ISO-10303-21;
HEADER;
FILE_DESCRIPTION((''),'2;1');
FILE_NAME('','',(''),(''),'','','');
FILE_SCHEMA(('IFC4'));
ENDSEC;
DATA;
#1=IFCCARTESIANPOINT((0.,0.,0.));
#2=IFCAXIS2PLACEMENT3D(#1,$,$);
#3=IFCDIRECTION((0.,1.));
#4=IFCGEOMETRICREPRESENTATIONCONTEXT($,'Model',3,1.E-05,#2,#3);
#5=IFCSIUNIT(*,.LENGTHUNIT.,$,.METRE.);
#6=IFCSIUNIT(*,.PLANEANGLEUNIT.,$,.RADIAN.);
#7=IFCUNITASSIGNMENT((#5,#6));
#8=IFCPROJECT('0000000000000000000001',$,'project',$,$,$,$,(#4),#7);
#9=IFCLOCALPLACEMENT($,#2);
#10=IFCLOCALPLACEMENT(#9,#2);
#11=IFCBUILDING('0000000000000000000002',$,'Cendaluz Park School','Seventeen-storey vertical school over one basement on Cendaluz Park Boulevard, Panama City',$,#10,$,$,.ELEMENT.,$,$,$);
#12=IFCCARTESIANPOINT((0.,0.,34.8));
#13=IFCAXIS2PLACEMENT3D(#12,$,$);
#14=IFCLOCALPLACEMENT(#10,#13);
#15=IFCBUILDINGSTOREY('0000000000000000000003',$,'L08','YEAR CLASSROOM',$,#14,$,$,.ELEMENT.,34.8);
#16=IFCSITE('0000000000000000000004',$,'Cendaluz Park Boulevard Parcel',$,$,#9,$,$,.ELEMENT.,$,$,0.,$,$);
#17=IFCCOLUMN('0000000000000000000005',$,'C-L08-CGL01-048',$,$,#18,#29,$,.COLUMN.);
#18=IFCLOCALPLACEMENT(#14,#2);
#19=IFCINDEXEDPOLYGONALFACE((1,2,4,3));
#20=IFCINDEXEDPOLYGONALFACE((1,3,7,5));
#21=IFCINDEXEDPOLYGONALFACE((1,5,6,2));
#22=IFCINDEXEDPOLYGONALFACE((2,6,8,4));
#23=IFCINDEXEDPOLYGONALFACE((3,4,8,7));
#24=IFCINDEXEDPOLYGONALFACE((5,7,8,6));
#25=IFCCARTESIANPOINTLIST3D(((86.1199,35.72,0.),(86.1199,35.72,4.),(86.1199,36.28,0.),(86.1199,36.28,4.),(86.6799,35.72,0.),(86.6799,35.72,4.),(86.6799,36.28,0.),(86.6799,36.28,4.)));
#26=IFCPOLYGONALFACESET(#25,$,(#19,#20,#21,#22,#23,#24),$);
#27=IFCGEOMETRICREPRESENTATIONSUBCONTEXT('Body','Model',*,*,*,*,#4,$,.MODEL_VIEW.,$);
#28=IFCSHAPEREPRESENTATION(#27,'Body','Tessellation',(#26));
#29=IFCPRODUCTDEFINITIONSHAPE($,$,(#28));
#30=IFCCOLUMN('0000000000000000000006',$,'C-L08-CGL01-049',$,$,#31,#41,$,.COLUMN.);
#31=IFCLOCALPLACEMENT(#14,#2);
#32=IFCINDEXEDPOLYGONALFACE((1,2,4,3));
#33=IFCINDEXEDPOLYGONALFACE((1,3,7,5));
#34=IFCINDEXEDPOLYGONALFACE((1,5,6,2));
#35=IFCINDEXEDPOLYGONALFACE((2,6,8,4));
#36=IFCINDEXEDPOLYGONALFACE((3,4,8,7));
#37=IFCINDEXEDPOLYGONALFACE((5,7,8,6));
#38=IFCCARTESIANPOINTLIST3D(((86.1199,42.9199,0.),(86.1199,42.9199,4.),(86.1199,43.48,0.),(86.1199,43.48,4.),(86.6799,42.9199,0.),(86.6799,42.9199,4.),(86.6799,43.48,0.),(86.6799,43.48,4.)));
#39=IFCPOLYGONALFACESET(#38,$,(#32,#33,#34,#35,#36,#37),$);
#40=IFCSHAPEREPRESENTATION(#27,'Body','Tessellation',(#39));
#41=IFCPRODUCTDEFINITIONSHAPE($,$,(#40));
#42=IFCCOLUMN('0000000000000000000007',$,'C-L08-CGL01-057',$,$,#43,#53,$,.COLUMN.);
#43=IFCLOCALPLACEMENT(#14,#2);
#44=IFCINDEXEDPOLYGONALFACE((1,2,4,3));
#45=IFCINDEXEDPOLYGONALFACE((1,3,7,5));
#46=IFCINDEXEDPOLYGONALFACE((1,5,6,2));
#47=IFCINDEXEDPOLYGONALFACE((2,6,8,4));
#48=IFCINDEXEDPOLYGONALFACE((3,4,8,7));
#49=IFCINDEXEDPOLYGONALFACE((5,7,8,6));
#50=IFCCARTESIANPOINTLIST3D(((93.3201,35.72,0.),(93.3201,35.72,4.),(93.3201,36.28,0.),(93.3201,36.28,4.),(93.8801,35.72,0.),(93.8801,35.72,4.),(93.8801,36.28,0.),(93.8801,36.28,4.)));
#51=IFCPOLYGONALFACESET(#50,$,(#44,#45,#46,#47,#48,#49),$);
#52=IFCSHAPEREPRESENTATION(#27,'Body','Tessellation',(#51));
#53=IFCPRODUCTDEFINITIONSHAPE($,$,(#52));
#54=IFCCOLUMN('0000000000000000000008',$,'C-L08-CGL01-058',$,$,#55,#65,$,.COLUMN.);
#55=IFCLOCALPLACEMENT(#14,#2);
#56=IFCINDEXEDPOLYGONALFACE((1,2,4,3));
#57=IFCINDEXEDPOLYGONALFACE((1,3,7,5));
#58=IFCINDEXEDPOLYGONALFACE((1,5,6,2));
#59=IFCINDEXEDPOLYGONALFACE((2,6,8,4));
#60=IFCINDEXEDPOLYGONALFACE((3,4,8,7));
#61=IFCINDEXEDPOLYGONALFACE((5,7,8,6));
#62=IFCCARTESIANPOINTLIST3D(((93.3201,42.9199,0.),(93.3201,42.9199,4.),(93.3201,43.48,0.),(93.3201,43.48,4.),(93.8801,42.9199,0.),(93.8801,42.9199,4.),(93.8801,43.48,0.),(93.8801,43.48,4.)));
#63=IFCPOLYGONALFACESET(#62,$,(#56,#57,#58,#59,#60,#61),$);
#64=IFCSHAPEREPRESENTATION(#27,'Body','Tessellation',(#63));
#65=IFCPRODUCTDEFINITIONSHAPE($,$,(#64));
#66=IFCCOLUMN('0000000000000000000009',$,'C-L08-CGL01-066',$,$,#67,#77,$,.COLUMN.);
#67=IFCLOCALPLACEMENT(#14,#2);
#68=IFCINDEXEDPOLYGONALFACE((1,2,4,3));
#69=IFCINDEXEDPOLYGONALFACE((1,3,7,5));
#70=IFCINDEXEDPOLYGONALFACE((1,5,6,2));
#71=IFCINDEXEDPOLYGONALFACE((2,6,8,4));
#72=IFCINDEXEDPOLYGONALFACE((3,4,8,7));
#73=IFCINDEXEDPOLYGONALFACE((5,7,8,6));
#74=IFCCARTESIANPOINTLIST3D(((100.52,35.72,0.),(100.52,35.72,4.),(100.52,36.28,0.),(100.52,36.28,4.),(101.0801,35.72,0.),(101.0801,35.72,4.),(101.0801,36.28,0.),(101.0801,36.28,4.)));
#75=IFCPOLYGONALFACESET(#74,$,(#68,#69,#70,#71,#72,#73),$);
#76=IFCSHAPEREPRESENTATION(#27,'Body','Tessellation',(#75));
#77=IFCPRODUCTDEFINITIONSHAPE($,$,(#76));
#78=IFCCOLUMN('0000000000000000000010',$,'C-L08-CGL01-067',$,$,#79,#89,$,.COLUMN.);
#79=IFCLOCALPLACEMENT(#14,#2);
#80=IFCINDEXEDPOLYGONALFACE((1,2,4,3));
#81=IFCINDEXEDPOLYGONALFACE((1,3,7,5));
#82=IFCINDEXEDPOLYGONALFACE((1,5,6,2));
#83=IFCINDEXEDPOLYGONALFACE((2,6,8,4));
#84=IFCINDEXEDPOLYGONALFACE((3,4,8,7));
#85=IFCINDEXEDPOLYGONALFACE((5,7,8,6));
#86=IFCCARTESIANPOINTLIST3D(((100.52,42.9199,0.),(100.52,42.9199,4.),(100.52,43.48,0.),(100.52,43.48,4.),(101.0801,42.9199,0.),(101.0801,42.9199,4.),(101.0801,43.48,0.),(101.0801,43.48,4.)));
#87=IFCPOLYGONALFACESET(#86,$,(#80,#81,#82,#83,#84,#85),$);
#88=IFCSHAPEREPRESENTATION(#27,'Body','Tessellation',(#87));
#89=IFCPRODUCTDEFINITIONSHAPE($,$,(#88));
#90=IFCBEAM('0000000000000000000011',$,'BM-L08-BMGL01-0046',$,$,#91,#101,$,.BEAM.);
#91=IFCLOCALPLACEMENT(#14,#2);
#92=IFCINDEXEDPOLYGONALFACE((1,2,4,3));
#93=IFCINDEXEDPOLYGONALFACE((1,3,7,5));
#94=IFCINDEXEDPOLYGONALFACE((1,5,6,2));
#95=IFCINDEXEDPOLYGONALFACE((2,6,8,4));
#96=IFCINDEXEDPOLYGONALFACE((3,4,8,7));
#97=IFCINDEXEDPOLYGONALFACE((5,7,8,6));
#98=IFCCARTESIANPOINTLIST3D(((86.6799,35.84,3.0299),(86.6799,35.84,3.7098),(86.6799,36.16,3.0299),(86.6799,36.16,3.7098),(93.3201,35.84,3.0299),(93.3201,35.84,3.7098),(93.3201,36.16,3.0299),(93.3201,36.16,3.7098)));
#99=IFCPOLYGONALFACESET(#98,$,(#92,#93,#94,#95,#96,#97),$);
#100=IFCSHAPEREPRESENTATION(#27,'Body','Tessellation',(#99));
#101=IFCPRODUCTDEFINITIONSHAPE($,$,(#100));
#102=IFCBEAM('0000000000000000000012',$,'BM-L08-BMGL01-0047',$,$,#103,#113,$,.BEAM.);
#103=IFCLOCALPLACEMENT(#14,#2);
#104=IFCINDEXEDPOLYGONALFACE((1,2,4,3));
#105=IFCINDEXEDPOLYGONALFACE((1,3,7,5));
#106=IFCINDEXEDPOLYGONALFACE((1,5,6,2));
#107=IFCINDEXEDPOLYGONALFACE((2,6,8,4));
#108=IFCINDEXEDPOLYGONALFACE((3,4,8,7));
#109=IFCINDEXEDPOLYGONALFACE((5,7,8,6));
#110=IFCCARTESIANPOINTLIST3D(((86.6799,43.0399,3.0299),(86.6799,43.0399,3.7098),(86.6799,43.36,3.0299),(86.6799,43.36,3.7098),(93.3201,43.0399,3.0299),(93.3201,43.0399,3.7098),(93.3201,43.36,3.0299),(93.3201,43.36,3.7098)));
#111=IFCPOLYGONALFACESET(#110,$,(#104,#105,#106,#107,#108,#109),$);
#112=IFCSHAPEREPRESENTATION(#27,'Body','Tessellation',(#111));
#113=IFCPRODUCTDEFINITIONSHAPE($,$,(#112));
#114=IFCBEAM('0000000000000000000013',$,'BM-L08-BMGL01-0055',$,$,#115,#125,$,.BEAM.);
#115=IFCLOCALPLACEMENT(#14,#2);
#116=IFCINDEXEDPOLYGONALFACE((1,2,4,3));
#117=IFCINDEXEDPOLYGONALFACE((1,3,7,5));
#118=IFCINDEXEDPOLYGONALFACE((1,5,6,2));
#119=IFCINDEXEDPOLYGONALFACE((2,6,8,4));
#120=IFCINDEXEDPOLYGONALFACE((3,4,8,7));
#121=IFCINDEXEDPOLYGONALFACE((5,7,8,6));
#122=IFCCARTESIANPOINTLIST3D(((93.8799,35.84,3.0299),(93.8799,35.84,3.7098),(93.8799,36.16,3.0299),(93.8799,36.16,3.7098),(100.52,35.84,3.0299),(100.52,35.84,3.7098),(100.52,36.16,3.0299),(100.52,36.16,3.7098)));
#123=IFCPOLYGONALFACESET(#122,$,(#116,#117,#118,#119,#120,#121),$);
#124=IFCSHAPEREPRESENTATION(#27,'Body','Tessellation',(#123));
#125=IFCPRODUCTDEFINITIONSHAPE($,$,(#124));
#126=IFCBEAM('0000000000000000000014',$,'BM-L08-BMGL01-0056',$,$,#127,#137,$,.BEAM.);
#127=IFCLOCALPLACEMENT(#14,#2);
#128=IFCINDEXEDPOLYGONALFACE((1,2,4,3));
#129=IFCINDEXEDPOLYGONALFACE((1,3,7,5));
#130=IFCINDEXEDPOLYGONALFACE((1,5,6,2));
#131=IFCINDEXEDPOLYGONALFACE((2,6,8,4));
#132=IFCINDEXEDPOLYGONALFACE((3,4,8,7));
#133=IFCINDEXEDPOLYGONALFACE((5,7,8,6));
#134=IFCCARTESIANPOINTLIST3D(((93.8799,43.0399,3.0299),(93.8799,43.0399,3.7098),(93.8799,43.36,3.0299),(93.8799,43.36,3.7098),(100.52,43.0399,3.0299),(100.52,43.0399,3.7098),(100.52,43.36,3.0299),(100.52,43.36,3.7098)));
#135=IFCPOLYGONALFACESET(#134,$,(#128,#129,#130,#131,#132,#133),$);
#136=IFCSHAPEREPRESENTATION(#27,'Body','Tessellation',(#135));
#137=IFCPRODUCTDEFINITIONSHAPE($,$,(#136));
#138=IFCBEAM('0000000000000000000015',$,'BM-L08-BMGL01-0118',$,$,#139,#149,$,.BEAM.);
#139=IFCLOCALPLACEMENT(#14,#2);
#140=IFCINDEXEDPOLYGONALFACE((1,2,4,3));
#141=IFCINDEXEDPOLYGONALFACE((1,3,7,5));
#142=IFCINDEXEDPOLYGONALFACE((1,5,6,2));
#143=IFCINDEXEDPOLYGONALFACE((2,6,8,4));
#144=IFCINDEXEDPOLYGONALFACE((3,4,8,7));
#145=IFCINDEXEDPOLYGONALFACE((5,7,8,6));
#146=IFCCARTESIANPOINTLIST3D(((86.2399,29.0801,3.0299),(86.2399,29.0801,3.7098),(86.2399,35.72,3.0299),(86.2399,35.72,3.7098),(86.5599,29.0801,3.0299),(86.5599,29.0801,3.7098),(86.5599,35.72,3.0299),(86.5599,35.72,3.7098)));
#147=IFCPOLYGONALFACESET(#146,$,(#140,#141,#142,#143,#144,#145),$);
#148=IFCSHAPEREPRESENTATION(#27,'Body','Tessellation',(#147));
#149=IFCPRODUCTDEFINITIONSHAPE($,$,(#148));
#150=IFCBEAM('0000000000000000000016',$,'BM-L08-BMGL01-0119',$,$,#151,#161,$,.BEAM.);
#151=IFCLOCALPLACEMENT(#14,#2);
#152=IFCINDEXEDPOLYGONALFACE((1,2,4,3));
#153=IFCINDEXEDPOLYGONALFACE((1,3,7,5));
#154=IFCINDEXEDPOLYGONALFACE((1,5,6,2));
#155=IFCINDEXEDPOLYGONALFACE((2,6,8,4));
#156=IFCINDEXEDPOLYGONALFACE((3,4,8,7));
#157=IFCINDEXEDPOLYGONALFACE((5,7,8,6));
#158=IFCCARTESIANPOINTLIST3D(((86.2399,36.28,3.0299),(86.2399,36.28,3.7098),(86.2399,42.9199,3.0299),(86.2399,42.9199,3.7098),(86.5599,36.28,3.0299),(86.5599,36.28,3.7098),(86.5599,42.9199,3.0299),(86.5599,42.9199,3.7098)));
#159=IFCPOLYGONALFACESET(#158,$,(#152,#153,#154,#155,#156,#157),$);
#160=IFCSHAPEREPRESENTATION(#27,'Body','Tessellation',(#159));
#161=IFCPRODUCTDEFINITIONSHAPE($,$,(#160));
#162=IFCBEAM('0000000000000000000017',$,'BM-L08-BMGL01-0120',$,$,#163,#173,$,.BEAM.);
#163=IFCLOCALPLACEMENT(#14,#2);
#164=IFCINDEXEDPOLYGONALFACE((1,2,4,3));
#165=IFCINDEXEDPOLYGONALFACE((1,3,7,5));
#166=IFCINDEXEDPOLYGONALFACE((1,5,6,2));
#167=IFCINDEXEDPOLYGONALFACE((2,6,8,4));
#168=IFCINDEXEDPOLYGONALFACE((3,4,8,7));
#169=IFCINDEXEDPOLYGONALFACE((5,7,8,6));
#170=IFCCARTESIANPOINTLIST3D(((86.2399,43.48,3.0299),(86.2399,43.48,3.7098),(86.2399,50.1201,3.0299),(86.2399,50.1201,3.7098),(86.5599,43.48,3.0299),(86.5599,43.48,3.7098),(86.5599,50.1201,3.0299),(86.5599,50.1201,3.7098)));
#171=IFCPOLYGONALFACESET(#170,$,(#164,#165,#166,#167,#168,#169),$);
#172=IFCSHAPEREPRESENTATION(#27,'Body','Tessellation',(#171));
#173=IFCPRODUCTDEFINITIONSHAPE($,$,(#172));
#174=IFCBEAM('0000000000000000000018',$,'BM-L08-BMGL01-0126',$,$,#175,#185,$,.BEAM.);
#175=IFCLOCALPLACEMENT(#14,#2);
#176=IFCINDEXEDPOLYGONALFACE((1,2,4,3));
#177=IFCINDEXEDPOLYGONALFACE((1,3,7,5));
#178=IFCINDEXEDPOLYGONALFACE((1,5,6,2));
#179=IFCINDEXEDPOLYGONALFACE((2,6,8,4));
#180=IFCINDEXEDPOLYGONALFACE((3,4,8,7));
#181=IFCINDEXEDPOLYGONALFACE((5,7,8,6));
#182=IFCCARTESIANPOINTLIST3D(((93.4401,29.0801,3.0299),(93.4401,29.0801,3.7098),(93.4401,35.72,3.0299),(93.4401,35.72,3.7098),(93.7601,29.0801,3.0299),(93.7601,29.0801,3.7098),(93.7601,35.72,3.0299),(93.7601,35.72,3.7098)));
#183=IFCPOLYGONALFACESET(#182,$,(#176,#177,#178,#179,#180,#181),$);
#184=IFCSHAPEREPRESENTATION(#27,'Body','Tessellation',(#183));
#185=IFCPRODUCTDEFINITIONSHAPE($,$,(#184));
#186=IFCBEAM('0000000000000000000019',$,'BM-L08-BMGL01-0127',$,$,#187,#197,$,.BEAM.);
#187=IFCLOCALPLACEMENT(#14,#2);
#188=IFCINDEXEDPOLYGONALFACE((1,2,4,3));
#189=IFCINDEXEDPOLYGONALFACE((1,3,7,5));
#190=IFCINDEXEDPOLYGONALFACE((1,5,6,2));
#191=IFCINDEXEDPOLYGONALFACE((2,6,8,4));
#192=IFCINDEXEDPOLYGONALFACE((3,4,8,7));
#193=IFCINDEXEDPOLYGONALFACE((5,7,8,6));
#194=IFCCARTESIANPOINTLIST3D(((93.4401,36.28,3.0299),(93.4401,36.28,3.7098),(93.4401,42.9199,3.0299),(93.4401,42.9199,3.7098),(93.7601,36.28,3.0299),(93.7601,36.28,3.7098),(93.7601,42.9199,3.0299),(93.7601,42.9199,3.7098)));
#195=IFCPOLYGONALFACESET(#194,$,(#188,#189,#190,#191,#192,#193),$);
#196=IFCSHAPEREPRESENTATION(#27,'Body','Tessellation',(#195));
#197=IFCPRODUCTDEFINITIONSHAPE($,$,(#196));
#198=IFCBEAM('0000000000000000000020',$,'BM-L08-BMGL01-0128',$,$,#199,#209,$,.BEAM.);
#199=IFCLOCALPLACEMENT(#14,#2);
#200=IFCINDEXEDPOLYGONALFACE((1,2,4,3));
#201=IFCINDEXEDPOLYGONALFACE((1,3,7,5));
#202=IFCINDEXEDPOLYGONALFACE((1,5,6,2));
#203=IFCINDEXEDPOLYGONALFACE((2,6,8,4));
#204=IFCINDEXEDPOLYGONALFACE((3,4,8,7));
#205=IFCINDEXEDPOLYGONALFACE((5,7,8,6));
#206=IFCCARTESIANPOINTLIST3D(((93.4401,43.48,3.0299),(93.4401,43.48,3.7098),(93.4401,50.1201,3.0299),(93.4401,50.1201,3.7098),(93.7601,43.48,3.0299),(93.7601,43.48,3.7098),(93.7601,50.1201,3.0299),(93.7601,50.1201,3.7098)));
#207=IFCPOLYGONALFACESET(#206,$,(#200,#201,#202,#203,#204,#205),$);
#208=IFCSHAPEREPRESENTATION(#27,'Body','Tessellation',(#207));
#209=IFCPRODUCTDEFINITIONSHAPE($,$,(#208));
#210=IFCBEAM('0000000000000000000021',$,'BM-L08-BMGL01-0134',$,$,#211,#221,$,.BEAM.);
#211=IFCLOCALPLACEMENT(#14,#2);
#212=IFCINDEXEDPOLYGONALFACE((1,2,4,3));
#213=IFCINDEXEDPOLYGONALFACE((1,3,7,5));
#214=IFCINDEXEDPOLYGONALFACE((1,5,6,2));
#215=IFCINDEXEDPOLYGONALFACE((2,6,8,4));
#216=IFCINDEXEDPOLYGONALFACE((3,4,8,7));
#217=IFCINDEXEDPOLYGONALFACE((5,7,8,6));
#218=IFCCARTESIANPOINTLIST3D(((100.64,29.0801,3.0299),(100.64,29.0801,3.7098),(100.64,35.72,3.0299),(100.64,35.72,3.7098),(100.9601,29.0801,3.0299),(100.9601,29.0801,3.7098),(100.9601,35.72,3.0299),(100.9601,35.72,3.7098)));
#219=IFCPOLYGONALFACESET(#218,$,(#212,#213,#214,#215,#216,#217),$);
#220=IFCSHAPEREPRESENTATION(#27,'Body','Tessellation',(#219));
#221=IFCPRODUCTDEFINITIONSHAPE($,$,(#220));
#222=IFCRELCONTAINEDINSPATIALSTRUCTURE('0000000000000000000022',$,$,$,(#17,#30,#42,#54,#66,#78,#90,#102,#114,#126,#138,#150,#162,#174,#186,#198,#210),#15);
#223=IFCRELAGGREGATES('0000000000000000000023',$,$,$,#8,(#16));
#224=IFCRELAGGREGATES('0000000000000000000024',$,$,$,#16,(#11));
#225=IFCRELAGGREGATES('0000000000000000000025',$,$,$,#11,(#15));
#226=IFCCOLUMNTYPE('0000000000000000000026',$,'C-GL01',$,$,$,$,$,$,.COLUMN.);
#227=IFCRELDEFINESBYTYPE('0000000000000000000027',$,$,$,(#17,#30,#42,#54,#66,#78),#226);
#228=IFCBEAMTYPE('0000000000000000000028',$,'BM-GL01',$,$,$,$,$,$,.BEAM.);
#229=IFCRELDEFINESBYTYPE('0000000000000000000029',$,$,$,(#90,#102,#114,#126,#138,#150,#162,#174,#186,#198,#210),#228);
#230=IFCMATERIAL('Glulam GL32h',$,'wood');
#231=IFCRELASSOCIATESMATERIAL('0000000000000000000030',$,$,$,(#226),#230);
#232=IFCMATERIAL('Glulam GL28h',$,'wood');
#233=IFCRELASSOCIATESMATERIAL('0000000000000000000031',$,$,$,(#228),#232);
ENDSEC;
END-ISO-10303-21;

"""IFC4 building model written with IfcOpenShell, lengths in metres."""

from ifc_helpers import new_model, si_unit, direction, frame, origin, origin_2d, place, context, subcontext, project, spatial, rectangle, extrude, material, material_profile, profile_set, type_object, element, save


model = new_model("IFC4")

# Units and contexts
model_context = context("Model", 3, precision=1e-05, world=origin(), true_north=direction((0.0, 1.0)))
body_context = subcontext(model_context, "Body", "Model", "MODEL_VIEW")
ifc_project = project(units=[si_unit("LENGTHUNIT", "METRE"), si_unit("PLANEANGLEUNIT", "RADIAN")], contexts=[model_context])

# Site, building, storey
site_placement = place(None, origin())
site = spatial("IfcSite", under=ifc_project, at=site_placement, Name="Cendaluz Park Boulevard Parcel", CompositionType="ELEMENT", RefElevation=0.0)
building_placement = place(site_placement, origin())
building = spatial("IfcBuilding", under=site, at=building_placement, Name="Cendaluz Park School", Description="Seventeen-storey vertical school over one basement on Cendaluz Park Boulevard, Panama City", CompositionType="ELEMENT")
storey_placement = place(building_placement, frame((0.0, 0.0, 34.8)))
storey = spatial("IfcBuildingStorey", under=building, at=storey_placement, Name="L08", Description="YEAR CLASSROOM", CompositionType="ELEMENT", Elevation=34.8)

# Columns
ifc_material_1 = material(Name="Glulam GL32h", Category="wood")
ifc_material_profile_1 = material_profile(ifc_material_1, rectangle(XDim=0.5601, YDim=0.5601, at=origin_2d()), Name="GL32h 560x560", Category="wood")
ifc_profile_set_1 = profile_set([ifc_material_profile_1], Name="Glulam GL32h")
column_type = type_object("IfcColumnType", Name="C-GL01", PredefinedType="COLUMN", material=ifc_profile_set_1)
for number, where, z_axis, x_axis, name in (
    (1, (86.3999, 36.0, 0.0), (0.0, 0.0, 1.0), (1.0, 0.0, 0.0), "C-L08-CGL01-048"),
    (2, (86.3999, 43.2, 0.0), (0.0, 0.0, 1.0), (1.0, 0.0, 0.0), "C-L08-CGL01-049"),
    (3, (93.6001, 36.0, 0.0), (0.0, 0.0, 1.0), (1.0, 0.0, 0.0), "C-L08-CGL01-057"),
    (4, (93.6001, 43.2, 0.0), (0.0, 0.0, 1.0), (1.0, 0.0, 0.0), "C-L08-CGL01-058"),
    (5, (100.8, 36.0, 0.0), (0.0, 0.0, 1.0), (1.0, 0.0, 0.0), "C-L08-CGL01-066"),
    (6, (100.8, 43.2, 0.0), (0.0, 0.0, 1.0), (1.0, 0.0, 0.0), "C-L08-CGL01-067"),
):
    element("IfcColumn", number, at=place(storey_placement, frame(where, z_axis=z_axis, x_axis=x_axis)), inside=storey, type_object=column_type, Name=name, PredefinedType="COLUMN", context=body_context, shape_type="SweptSolid", body=[
        extrude(rectangle(XDim=0.5601, YDim=0.5601, at=origin_2d()), origin(), (0.0, 0.0, 1.0), 4.0),
    ])

# Beams
ifc_material_2 = material(Name="Glulam GL28h", Category="wood")
ifc_material_profile_2 = material_profile(ifc_material_2, rectangle(XDim=0.3201, YDim=0.6799, at=origin_2d()), Name="GL28h 320x680", Category="wood")
ifc_profile_set_2 = profile_set([ifc_material_profile_2], Name="Glulam GL28h")
beam_type_1 = type_object("IfcBeamType", Name="BM-GL01", PredefinedType="BEAM", material=ifc_profile_set_2)
for number, where, z_axis, x_axis, name in (
    (7, (86.6799, 36.0, 3.3699), (1.0, 0.0, 0.0), (0.0, 1.0, 0.0), "BM-L08-BMGL01-0046"),
    (8, (86.6799, 43.2, 3.3699), (1.0, 0.0, 0.0), (0.0, 1.0, 0.0), "BM-L08-BMGL01-0047"),
    (9, (93.8799, 36.0, 3.3699), (1.0, 0.0, 0.0), (0.0, 1.0, 0.0), "BM-L08-BMGL01-0055"),
    (10, (93.8799, 43.2, 3.3699), (1.0, 0.0, 0.0), (0.0, 1.0, 0.0), "BM-L08-BMGL01-0056"),
):
    element("IfcBeam", number, at=place(storey_placement, frame(where, z_axis=z_axis, x_axis=x_axis)), inside=storey, type_object=beam_type_1, Name=name, PredefinedType="BEAM", context=body_context, shape_type="SweptSolid", body=[
        extrude(rectangle(XDim=0.3201, YDim=0.6799, at=origin_2d()), origin(), (0.0, 0.0, 1.0), 6.6401),
    ])
for number, where, z_axis, x_axis, name in (
    (11, (86.3999, 29.0801, 3.3699), (0.0, 1.0, 0.0), (-1.0, 0.0, 0.0), "BM-L08-BMGL01-0118"),
    (12, (86.3999, 36.28, 3.3699), (0.0, 1.0, 0.0), (-1.0, 0.0, 0.0), "BM-L08-BMGL01-0119"),
):
    element("IfcBeam", number, at=place(storey_placement, frame(where, z_axis=z_axis, x_axis=x_axis)), inside=storey, type_object=beam_type_1, Name=name, PredefinedType="BEAM", context=body_context, shape_type="SweptSolid", body=[
        extrude(rectangle(XDim=0.3201, YDim=0.6799, at=origin_2d()), origin(), (0.0, 0.0, 1.0), 6.6399),
    ])
beam_1_placement = place(storey_placement, frame((86.3999, 43.48, 3.3699), z_axis=(0.0, 1.0, 0.0), x_axis=(-1.0, 0.0, 0.0)))
element("IfcBeam", 13, at=beam_1_placement, inside=storey, type_object=beam_type_1, Name="BM-L08-BMGL01-0120", PredefinedType="BEAM", context=body_context, shape_type="SweptSolid", body=[
    extrude(rectangle(XDim=0.3201, YDim=0.6799, at=origin_2d()), origin(), (0.0, 0.0, 1.0), 6.6401),
])
for number, where, z_axis, x_axis, name in (
    (14, (93.6001, 29.0801, 3.3699), (0.0, 1.0, 0.0), (-1.0, 0.0, 0.0), "BM-L08-BMGL01-0126"),
    (15, (93.6001, 36.28, 3.3699), (0.0, 1.0, 0.0), (-1.0, 0.0, 0.0), "BM-L08-BMGL01-0127"),
):
    element("IfcBeam", number, at=place(storey_placement, frame(where, z_axis=z_axis, x_axis=x_axis)), inside=storey, type_object=beam_type_1, Name=name, PredefinedType="BEAM", context=body_context, shape_type="SweptSolid", body=[
        extrude(rectangle(XDim=0.3201, YDim=0.6799, at=origin_2d()), origin(), (0.0, 0.0, 1.0), 6.6399),
    ])
beam_2_placement = place(storey_placement, frame((93.6001, 43.48, 3.3699), z_axis=(0.0, 1.0, 0.0), x_axis=(-1.0, 0.0, 0.0)))
element("IfcBeam", 16, at=beam_2_placement, inside=storey, type_object=beam_type_1, Name="BM-L08-BMGL01-0128", PredefinedType="BEAM", context=body_context, shape_type="SweptSolid", body=[
    extrude(rectangle(XDim=0.3201, YDim=0.6799, at=origin_2d()), origin(), (0.0, 0.0, 1.0), 6.6401),
])
for number, where, z_axis, x_axis, name in (
    (17, (100.8, 29.0801, 3.3699), (0.0, 1.0, 0.0), (-1.0, 0.0, 0.0), "BM-L08-BMGL01-0134"),
):
    element("IfcBeam", number, at=place(storey_placement, frame(where, z_axis=z_axis, x_axis=x_axis)), inside=storey, type_object=beam_type_1, Name=name, PredefinedType="BEAM", context=body_context, shape_type="SweptSolid", body=[
        extrude(rectangle(XDim=0.3201, YDim=0.6799, at=origin_2d()), origin(), (0.0, 0.0, 1.0), 6.6399),
    ])

save(model, "model.ifc")
